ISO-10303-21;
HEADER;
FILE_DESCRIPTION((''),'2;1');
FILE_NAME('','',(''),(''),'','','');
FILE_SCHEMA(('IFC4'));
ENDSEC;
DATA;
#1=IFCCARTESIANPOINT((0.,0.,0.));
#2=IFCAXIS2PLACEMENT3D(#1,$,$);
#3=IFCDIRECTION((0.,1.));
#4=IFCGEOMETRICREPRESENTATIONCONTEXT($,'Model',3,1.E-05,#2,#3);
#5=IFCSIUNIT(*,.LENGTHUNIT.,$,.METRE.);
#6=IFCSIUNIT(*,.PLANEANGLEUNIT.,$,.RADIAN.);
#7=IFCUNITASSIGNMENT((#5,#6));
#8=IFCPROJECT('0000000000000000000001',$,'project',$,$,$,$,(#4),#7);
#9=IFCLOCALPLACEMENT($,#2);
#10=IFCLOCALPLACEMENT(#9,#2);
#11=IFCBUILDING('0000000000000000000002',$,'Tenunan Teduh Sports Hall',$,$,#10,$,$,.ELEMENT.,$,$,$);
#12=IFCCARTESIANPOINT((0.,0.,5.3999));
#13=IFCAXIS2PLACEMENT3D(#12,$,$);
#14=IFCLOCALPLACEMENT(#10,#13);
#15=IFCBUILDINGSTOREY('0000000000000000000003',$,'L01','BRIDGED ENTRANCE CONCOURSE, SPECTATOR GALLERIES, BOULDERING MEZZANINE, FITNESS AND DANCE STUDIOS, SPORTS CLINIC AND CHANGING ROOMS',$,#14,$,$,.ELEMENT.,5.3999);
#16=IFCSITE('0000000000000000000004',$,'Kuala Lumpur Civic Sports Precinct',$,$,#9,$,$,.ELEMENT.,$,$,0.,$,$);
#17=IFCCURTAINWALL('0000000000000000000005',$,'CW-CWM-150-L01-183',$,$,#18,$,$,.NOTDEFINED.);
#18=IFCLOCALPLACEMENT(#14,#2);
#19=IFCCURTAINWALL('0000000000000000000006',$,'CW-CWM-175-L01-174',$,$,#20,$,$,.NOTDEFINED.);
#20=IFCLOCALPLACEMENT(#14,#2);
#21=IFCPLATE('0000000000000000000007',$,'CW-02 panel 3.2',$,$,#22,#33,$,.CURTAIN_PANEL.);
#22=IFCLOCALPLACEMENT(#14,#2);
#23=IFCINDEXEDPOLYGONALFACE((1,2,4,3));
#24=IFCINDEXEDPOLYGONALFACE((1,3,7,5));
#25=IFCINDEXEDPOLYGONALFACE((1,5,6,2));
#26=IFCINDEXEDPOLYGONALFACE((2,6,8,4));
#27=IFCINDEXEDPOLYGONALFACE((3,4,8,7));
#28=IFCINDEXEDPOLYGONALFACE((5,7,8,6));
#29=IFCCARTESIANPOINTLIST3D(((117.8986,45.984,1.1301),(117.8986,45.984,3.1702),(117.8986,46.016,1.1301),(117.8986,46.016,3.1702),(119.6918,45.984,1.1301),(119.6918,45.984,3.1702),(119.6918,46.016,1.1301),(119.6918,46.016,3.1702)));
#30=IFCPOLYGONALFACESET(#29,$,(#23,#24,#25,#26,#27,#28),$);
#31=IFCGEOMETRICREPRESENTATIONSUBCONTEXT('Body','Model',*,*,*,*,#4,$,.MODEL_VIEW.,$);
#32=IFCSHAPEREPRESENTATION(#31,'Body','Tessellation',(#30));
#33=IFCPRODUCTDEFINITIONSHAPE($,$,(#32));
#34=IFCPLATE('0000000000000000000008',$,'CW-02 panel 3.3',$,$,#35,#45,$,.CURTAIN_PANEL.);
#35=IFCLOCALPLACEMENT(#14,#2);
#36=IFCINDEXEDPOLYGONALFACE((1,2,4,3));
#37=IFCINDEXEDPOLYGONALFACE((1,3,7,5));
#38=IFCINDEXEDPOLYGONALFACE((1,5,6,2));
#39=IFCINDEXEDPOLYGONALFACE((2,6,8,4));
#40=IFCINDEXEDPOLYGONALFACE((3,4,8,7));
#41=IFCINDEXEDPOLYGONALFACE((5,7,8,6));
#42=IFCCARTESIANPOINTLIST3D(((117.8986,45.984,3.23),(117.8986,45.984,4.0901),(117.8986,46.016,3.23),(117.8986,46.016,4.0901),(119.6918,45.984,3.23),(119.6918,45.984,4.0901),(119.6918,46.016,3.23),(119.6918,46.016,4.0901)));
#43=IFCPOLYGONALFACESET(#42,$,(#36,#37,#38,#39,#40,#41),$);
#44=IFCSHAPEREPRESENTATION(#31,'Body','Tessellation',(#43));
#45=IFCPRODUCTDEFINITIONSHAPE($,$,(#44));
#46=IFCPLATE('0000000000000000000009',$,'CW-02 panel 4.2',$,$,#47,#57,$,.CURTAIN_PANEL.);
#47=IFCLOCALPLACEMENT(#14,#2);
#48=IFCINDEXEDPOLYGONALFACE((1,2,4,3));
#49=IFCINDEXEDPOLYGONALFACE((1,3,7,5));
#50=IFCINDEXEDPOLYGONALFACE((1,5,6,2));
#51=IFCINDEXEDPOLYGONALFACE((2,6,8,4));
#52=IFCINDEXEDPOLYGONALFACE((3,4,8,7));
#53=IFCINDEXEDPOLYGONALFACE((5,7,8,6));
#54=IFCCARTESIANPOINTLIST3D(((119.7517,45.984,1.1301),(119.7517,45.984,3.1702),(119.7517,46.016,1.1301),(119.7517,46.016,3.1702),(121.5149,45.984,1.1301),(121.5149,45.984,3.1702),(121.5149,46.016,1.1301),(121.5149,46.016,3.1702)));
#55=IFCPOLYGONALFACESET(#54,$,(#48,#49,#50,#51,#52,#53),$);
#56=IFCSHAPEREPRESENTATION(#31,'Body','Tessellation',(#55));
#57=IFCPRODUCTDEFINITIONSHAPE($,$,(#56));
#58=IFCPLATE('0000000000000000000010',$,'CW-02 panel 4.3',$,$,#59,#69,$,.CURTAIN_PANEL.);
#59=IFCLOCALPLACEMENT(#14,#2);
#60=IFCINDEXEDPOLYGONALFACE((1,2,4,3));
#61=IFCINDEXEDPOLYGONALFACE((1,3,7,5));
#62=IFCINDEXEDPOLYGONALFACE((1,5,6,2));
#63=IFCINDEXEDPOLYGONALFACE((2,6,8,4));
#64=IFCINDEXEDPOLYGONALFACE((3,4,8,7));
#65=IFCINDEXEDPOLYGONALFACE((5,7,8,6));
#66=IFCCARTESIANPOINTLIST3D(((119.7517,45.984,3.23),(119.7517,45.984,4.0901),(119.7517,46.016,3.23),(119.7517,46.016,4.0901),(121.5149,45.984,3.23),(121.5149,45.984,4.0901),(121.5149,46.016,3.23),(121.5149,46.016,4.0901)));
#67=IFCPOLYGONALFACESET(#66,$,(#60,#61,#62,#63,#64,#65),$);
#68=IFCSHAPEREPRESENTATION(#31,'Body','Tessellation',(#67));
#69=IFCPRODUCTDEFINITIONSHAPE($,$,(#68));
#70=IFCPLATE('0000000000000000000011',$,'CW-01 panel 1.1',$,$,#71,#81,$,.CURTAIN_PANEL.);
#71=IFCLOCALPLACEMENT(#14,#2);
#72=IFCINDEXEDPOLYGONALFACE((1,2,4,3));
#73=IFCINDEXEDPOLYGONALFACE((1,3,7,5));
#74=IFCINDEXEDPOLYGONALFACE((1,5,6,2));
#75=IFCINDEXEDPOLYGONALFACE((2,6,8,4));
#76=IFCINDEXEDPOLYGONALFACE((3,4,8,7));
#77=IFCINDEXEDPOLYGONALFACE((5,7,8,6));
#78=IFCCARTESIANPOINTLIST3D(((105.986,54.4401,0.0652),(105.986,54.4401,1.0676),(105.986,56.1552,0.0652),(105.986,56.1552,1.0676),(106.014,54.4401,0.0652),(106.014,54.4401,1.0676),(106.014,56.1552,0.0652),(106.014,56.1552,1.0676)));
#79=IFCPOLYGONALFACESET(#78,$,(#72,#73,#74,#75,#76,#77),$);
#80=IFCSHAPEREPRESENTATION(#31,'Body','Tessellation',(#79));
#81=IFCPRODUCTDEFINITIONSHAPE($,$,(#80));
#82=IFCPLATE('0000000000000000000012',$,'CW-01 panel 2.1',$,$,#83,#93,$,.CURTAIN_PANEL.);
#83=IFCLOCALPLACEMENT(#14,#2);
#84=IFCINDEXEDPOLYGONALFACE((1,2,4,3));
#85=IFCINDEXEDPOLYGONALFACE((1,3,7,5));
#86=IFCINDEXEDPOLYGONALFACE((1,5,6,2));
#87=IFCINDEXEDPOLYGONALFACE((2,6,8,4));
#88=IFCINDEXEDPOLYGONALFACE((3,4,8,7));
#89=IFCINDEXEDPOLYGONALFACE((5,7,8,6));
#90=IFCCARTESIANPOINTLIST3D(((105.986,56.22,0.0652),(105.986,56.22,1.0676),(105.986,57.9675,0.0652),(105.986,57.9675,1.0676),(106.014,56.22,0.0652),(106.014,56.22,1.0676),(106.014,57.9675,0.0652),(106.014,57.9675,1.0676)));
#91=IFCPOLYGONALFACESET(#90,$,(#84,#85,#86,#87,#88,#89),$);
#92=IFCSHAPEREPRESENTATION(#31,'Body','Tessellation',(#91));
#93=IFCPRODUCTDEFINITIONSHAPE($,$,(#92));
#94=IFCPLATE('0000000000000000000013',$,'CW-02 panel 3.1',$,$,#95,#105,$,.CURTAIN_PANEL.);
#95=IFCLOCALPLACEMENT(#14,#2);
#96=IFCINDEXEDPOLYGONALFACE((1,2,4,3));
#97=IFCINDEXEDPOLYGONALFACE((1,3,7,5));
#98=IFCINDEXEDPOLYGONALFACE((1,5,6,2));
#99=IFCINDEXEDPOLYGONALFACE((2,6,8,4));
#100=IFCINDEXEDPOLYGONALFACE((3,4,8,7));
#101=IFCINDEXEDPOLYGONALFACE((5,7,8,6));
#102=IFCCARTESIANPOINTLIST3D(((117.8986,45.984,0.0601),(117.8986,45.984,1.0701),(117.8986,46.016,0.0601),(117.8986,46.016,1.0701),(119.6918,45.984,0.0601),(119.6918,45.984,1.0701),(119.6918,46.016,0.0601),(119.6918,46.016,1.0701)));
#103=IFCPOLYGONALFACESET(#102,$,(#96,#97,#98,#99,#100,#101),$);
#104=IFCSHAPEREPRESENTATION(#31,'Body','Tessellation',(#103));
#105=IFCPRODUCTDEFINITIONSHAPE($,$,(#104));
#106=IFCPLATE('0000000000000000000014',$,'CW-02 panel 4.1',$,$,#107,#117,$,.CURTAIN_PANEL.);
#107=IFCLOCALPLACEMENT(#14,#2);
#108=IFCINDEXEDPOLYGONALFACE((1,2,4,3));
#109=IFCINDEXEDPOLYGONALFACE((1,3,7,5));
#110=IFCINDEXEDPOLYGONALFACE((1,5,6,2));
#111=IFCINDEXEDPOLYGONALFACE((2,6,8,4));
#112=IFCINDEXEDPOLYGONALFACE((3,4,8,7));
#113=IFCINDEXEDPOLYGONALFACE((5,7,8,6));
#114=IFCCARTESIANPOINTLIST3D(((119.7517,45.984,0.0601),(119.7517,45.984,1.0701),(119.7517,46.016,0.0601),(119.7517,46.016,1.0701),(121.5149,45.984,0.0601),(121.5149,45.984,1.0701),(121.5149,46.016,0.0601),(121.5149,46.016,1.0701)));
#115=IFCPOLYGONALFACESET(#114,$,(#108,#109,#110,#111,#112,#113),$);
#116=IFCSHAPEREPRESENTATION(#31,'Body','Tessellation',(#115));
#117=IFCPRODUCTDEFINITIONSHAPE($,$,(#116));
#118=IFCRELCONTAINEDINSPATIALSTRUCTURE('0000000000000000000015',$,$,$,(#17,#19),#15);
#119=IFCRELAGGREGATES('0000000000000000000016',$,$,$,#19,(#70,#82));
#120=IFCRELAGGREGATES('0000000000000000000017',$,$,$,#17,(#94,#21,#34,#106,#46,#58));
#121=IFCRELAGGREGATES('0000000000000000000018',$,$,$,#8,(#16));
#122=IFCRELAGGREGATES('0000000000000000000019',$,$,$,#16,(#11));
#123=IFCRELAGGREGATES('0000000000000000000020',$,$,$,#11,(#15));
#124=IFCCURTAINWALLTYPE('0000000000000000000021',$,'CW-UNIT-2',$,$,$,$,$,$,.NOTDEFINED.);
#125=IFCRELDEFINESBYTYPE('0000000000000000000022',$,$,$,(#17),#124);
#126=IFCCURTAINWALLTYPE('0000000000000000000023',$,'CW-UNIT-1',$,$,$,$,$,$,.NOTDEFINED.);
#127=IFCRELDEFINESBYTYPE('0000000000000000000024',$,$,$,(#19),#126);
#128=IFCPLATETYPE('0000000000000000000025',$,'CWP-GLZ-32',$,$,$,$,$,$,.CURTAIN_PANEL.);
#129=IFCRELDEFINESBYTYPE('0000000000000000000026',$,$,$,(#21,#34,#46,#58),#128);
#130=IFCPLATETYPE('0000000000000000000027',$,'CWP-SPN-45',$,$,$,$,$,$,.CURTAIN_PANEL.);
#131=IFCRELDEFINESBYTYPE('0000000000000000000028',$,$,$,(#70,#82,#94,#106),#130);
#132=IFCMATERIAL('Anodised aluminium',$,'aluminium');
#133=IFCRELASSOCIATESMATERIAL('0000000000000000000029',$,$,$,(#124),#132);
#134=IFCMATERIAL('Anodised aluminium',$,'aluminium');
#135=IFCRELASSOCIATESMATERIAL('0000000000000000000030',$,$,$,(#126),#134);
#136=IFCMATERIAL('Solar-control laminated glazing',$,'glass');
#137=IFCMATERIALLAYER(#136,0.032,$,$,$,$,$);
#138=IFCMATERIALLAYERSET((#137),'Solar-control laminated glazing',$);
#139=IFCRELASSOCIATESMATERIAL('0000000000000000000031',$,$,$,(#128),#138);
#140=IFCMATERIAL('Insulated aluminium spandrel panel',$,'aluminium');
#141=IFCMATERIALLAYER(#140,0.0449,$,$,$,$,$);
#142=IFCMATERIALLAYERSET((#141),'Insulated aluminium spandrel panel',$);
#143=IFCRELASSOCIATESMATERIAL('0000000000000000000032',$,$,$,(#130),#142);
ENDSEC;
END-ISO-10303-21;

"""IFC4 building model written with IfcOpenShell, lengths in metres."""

from ifc_helpers import new_model, si_unit, direction, frame, origin, origin_2d, place, context, subcontext, project, spatial, rectangle, extrude, material, layer, layer_set, type_object, element, aggregate, save


model = new_model("IFC4")

# Units and contexts
model_context = context("Model", 3, precision=1e-05, world=origin(), true_north=direction((0.0, 1.0)))
body_context = subcontext(model_context, "Body", "Model", "MODEL_VIEW")
ifc_project = project(units=[si_unit("LENGTHUNIT", "METRE"), si_unit("PLANEANGLEUNIT", "RADIAN")], contexts=[model_context])

# Site, building, storey
site_placement = place(None, origin())
site = spatial("IfcSite", under=ifc_project, at=site_placement, Name="Kuala Lumpur Civic Sports Precinct", CompositionType="ELEMENT", RefElevation=0.0)
building_placement = place(site_placement, origin())
building = spatial("IfcBuilding", under=site, at=building_placement, Name="Tenunan Teduh Sports Hall", CompositionType="ELEMENT")
storey_placement = place(building_placement, frame((0.0, 0.0, 5.3999)))
storey = spatial("IfcBuildingStorey", under=building, at=storey_placement, Name="L01", Description="BRIDGED ENTRANCE CONCOURSE, SPECTATOR GALLERIES, BOULDERING MEZZANINE, FITNESS AND DANCE STUDIOS, SPORTS CLINIC AND CHANGING ROOMS", CompositionType="ELEMENT", Elevation=5.3999)

# Curtain walls
ifc_material_1 = material(Name="Anodised aluminium", Category="aluminium")
curtain_wall_type_1 = type_object("IfcCurtainWallType", Name="CW-UNIT-2", PredefinedType="NOTDEFINED", material=ifc_material_1)
curtain_wall_1_placement = place(storey_placement, origin())
curtain_wall_1 = element("IfcCurtainWall", 1, at=curtain_wall_1_placement, inside=storey, type_object=curtain_wall_type_1, Name="CW-CWM-150-L01-183", PredefinedType="NOTDEFINED")
ifc_material_2 = material(Name="Anodised aluminium", Category="aluminium")
curtain_wall_type_2 = type_object("IfcCurtainWallType", Name="CW-UNIT-1", PredefinedType="NOTDEFINED", material=ifc_material_2)
curtain_wall_2_placement = place(storey_placement, origin())
curtain_wall_2 = element("IfcCurtainWall", 2, at=curtain_wall_2_placement, inside=storey, type_object=curtain_wall_type_2, Name="CW-CWM-175-L01-174", PredefinedType="NOTDEFINED")

# Plates
ifc_material_3 = material(Name="Solar-control laminated glazing", Category="glass")
ifc_layer_1 = layer(ifc_material_3, 0.032)
ifc_layer_set_1 = layer_set([ifc_layer_1], Name="Solar-control laminated glazing")
plate_type_1 = type_object("IfcPlateType", Name="CWP-GLZ-32", PredefinedType="CURTAIN_PANEL", material=ifc_layer_set_1)
plate_1_placement = place(storey_placement, frame((118.7952, 46.0, 1.1301), z_axis=(0.0, 0.0, 1.0), x_axis=(1.0, 0.0, 0.0)))
plate_1 = element("IfcPlate", 3, at=plate_1_placement, type_object=plate_type_1, Name="CW-02 panel 3.2", PredefinedType="CURTAIN_PANEL", context=body_context, shape_type="SweptSolid", body=[
    extrude(rectangle(XDim=1.7932, YDim=0.032, at=origin_2d()), origin(), (0.0, 0.0, 1.0), 2.04),
])
plate_2_placement = place(storey_placement, frame((118.7952, 46.0, 3.23), z_axis=(0.0, 0.0, 1.0), x_axis=(1.0, 0.0, 0.0)))
plate_2 = element("IfcPlate", 4, at=plate_2_placement, type_object=plate_type_1, Name="CW-02 panel 3.3", PredefinedType="CURTAIN_PANEL", context=body_context, shape_type="SweptSolid", body=[
    extrude(rectangle(XDim=1.7932, YDim=0.032, at=origin_2d()), origin(), (0.0, 0.0, 1.0), 0.8601),
])
plate_3_placement = place(storey_placement, frame((120.6333, 46.0, 1.1301), z_axis=(0.0, 0.0, 1.0), x_axis=(1.0, 0.0, 0.0)))
plate_3 = element("IfcPlate", 5, at=plate_3_placement, type_object=plate_type_1, Name="CW-02 panel 4.2", PredefinedType="CURTAIN_PANEL", context=body_context, shape_type="SweptSolid", body=[
    extrude(rectangle(XDim=1.7632, YDim=0.032, at=origin_2d()), origin(), (0.0, 0.0, 1.0), 2.04),
])
plate_4_placement = place(storey_placement, frame((120.6333, 46.0, 3.23), z_axis=(0.0, 0.0, 1.0), x_axis=(1.0, 0.0, 0.0)))
plate_4 = element("IfcPlate", 6, at=plate_4_placement, type_object=plate_type_1, Name="CW-02 panel 4.3", PredefinedType="CURTAIN_PANEL", context=body_context, shape_type="SweptSolid", body=[
    extrude(rectangle(XDim=1.7632, YDim=0.032, at=origin_2d()), origin(), (0.0, 0.0, 1.0), 0.8601),
])
ifc_material_4 = material(Name="Insulated aluminium spandrel panel", Category="aluminium")
ifc_layer_2 = layer(ifc_material_4, 0.0449)
ifc_layer_set_2 = layer_set([ifc_layer_2], Name="Insulated aluminium spandrel panel")
plate_type_2 = type_object("IfcPlateType", Name="CWP-SPN-45", PredefinedType="CURTAIN_PANEL", material=ifc_layer_set_2)
plate_5_placement = place(storey_placement, frame((106.0, 55.2976, 0.0652), z_axis=(0.0, 0.0, 1.0), x_axis=(0.0, 1.0, 0.0)))
plate_5 = element("IfcPlate", 7, at=plate_5_placement, type_object=plate_type_2, Name="CW-01 panel 1.1", PredefinedType="CURTAIN_PANEL", context=body_context, shape_type="SweptSolid", body=[
    extrude(rectangle(XDim=1.7151, YDim=0.0281, at=origin_2d()), origin(), (0.0, 0.0, 1.0), 1.0024),
])
plate_6_placement = place(storey_placement, frame((106.0, 57.0938, 0.0652), z_axis=(0.0, 0.0, 1.0), x_axis=(0.0, 1.0, 0.0)))
plate_6 = element("IfcPlate", 8, at=plate_6_placement, type_object=plate_type_2, Name="CW-01 panel 2.1", PredefinedType="CURTAIN_PANEL", context=body_context, shape_type="SweptSolid", body=[
    extrude(rectangle(XDim=1.7476, YDim=0.0281, at=origin_2d()), origin(), (0.0, 0.0, 1.0), 1.0024),
])
aggregate(curtain_wall_2, [plate_5, plate_6])
plate_7_placement = place(storey_placement, frame((118.7952, 46.0, 0.0601), z_axis=(0.0, 0.0, 1.0), x_axis=(1.0, 0.0, 0.0)))
plate_7 = element("IfcPlate", 9, at=plate_7_placement, type_object=plate_type_2, Name="CW-02 panel 3.1", PredefinedType="CURTAIN_PANEL", context=body_context, shape_type="SweptSolid", body=[
    extrude(rectangle(XDim=1.7932, YDim=0.032, at=origin_2d()), origin(), (0.0, 0.0, 1.0), 1.01),
])
plate_8_placement = place(storey_placement, frame((120.6333, 46.0, 0.0601), z_axis=(0.0, 0.0, 1.0), x_axis=(1.0, 0.0, 0.0)))
plate_8 = element("IfcPlate", 10, at=plate_8_placement, type_object=plate_type_2, Name="CW-02 panel 4.1", PredefinedType="CURTAIN_PANEL", context=body_context, shape_type="SweptSolid", body=[
    extrude(rectangle(XDim=1.7632, YDim=0.032, at=origin_2d()), origin(), (0.0, 0.0, 1.0), 1.01),
])
aggregate(curtain_wall_1, [plate_7, plate_1, plate_2, plate_8, plate_3, plate_4])

save(model, "model.ifc")
